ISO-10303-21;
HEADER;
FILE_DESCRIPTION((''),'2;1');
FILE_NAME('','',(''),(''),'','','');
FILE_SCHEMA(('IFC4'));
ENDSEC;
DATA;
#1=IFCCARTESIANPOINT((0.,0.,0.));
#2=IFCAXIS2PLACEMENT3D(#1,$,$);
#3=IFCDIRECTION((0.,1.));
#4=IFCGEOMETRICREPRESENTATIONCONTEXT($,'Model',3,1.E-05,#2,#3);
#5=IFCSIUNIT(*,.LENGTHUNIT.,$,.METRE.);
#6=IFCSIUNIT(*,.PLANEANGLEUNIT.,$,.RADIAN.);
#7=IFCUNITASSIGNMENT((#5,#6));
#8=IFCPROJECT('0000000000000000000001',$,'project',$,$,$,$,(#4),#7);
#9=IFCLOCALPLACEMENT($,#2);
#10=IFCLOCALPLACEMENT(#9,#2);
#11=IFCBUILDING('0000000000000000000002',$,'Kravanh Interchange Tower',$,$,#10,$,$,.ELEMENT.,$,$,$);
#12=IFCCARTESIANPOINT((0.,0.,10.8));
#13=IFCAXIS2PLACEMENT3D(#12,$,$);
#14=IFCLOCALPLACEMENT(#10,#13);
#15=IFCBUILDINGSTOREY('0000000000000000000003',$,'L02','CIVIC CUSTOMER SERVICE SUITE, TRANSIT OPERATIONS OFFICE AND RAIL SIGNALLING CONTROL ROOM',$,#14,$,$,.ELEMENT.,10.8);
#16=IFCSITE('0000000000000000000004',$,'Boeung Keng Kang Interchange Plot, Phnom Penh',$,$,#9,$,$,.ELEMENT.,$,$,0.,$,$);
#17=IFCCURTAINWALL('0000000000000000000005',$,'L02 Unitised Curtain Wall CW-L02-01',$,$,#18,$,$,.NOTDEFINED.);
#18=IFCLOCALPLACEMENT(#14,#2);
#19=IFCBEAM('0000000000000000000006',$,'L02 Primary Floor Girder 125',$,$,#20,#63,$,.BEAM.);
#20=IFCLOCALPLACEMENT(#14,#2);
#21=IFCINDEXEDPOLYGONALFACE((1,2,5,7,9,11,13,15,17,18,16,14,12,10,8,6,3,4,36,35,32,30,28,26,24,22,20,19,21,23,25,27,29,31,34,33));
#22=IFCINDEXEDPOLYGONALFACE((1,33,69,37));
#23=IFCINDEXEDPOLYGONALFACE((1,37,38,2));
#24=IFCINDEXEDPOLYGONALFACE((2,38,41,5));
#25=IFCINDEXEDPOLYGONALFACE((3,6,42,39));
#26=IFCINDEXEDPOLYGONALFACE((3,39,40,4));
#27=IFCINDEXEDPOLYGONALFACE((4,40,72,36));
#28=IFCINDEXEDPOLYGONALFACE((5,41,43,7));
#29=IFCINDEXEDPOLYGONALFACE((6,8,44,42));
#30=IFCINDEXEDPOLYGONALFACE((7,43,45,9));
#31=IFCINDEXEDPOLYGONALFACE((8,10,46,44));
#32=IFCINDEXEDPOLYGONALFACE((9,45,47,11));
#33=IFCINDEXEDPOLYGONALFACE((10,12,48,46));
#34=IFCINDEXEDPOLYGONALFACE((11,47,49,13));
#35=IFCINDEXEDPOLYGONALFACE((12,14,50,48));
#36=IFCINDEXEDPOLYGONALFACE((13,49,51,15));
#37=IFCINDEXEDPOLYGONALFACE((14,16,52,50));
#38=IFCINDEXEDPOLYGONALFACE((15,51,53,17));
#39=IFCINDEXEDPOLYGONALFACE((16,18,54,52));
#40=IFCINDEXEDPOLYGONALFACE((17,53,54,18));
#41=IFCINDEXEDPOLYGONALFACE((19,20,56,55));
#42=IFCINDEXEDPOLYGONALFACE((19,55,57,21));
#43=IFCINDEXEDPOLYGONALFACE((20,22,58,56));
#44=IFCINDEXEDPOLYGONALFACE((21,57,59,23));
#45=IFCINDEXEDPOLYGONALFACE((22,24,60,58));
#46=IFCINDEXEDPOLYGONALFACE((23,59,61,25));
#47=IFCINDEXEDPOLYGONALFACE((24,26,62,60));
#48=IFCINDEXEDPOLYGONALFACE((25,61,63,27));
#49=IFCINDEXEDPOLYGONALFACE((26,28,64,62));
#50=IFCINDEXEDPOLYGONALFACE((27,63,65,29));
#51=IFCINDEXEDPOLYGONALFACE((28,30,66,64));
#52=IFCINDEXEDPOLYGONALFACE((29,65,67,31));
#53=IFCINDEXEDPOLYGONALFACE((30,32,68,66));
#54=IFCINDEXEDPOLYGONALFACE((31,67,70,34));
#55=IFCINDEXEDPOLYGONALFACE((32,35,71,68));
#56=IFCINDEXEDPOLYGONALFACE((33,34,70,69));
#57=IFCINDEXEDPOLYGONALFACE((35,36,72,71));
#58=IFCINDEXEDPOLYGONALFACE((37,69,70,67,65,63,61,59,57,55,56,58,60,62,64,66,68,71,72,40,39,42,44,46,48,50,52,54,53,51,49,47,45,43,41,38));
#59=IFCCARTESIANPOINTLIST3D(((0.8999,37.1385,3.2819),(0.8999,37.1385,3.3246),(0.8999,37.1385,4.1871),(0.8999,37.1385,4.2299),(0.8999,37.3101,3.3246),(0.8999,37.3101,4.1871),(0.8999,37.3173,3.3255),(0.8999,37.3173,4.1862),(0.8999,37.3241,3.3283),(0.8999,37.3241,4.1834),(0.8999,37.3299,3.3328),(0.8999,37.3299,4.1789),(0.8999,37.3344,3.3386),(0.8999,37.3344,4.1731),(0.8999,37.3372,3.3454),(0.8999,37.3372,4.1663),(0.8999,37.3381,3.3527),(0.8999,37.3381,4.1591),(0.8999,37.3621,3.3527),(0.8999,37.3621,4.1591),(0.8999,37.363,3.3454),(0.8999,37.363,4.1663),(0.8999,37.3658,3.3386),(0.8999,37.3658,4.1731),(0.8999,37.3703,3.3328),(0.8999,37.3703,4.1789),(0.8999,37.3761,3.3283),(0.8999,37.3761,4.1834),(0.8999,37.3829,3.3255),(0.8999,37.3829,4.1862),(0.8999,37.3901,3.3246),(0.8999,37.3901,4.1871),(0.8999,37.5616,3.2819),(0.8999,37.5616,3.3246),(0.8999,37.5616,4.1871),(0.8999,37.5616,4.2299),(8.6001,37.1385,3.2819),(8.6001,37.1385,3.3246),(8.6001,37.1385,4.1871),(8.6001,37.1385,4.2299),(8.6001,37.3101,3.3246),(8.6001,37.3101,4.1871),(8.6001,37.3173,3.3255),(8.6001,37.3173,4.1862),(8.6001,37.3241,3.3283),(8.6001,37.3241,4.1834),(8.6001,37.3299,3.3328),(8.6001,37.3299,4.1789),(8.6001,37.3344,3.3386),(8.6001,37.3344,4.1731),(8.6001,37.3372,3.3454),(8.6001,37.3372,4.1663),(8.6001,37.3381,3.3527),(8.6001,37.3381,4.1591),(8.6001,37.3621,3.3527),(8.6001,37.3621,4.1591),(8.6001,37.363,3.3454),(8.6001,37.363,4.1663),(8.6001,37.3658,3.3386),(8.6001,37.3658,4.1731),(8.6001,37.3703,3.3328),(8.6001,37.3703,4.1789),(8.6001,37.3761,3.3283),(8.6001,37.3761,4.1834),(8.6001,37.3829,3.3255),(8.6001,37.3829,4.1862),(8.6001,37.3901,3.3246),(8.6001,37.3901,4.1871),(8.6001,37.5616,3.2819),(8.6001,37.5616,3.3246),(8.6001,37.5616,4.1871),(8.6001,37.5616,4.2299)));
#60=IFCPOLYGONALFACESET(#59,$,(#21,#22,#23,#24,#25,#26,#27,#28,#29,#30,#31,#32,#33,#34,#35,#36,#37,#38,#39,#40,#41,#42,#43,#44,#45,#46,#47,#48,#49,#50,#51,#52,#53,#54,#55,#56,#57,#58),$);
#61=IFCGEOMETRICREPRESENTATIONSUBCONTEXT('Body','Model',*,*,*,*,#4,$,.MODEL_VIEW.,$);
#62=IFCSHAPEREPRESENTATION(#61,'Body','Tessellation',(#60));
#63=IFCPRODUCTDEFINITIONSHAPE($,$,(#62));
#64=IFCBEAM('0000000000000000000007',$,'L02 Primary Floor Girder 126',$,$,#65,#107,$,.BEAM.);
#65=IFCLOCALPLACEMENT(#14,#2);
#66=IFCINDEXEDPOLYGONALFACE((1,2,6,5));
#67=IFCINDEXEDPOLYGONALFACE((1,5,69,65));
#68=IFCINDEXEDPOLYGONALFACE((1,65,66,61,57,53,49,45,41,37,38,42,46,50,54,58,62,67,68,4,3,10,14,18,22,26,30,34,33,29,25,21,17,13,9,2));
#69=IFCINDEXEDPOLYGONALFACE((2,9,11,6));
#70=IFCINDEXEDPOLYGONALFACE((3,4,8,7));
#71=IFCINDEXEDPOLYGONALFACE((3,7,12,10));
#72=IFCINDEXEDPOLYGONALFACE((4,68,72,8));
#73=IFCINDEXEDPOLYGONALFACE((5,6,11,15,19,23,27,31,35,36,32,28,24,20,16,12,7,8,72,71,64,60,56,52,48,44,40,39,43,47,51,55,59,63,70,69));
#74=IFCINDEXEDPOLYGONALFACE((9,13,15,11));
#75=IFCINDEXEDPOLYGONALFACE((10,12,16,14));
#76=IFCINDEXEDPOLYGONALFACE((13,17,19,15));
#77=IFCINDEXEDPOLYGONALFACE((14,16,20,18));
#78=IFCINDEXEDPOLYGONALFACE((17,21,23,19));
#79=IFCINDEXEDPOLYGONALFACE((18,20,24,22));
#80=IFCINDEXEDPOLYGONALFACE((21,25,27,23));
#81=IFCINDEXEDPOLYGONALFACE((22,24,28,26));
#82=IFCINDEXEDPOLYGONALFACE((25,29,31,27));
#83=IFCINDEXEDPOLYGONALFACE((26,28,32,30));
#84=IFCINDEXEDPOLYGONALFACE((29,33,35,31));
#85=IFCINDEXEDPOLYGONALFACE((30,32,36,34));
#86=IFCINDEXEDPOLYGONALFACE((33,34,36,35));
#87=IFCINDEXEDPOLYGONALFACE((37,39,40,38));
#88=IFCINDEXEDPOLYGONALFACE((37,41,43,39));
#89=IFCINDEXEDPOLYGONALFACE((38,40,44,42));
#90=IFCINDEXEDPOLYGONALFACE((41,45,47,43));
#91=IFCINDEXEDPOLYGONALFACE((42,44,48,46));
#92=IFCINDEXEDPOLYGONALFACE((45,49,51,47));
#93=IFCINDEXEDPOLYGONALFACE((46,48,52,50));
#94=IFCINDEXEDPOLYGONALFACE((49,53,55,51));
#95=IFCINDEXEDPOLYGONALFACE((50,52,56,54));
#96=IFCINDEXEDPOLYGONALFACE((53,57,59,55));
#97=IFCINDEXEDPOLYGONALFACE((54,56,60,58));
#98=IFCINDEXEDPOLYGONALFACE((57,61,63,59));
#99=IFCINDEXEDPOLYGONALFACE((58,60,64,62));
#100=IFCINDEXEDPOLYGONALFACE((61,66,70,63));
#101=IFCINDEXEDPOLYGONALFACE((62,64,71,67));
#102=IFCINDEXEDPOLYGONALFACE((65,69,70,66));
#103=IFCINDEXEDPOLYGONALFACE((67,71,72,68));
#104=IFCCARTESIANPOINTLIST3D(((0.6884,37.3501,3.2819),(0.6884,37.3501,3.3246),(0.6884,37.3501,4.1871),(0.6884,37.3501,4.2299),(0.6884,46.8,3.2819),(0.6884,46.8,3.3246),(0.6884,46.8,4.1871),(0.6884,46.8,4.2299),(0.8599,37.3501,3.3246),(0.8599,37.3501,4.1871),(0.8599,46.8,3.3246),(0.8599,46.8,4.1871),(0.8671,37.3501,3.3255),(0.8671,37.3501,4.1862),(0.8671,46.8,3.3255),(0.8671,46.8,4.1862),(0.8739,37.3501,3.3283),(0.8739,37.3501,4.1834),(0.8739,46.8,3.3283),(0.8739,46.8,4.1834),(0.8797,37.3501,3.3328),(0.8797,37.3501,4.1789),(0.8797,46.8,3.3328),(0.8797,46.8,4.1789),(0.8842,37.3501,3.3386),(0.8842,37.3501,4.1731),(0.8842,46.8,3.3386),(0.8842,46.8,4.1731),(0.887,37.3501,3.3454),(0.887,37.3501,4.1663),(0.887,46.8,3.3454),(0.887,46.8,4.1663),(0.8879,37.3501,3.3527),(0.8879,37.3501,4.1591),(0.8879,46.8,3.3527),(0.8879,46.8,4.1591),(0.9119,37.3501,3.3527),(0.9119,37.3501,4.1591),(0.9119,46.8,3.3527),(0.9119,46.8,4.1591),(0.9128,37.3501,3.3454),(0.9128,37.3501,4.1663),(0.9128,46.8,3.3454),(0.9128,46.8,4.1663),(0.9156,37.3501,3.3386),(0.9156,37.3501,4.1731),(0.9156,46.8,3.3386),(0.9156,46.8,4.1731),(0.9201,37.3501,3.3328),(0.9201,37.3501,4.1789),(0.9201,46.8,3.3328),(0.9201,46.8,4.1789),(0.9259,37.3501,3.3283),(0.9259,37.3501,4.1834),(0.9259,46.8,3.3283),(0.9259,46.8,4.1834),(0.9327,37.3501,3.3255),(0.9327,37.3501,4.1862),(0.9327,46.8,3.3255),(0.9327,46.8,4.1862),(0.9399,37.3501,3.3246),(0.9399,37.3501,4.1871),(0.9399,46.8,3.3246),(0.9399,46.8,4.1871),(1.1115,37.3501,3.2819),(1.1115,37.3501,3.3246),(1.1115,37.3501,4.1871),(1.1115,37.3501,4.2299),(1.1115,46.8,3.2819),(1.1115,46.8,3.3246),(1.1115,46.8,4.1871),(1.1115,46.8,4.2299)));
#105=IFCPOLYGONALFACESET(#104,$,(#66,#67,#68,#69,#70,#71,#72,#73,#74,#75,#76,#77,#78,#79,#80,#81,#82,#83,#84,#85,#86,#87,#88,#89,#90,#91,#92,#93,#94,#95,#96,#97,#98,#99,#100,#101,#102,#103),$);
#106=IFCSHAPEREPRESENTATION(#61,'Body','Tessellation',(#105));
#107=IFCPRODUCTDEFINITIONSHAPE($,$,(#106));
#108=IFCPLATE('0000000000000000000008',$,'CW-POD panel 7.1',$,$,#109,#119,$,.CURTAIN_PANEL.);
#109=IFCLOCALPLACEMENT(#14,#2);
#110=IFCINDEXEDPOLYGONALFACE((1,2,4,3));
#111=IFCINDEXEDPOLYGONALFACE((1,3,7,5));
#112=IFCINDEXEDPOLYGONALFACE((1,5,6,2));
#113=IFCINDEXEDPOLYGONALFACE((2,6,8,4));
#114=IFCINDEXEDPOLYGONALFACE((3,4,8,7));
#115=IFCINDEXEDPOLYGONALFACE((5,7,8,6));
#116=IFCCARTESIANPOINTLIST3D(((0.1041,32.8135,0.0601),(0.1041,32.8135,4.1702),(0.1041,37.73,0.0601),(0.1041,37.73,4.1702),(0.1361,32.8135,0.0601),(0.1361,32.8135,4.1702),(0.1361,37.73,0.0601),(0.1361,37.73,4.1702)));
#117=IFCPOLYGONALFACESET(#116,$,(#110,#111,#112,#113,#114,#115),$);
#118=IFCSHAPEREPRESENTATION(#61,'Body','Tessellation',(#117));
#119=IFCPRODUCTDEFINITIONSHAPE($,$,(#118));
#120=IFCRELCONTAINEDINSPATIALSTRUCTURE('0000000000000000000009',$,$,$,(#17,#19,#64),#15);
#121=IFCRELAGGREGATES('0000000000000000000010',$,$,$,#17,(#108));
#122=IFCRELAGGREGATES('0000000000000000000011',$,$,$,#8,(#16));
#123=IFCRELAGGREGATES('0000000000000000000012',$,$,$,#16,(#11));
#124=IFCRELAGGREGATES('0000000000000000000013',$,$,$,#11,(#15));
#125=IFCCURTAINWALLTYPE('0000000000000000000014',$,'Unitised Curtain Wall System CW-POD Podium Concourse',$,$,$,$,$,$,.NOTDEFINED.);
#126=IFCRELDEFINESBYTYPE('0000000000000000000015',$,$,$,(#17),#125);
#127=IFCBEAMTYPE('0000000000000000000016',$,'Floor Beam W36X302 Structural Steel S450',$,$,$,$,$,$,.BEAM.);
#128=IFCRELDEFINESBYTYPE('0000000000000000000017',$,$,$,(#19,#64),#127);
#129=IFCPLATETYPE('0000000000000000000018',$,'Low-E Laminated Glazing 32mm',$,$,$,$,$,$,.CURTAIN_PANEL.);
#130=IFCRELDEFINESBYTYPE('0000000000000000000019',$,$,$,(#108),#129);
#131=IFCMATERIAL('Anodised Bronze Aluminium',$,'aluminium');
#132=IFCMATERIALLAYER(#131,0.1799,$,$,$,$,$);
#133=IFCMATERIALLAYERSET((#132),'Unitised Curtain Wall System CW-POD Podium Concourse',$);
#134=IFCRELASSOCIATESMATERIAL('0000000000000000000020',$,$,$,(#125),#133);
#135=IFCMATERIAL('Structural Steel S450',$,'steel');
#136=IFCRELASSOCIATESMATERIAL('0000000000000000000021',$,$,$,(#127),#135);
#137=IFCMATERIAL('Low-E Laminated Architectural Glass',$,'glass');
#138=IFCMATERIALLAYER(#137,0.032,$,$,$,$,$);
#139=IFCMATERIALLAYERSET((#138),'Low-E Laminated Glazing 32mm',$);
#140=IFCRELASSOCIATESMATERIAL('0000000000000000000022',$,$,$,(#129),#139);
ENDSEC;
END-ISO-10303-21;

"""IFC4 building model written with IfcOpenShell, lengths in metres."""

from ifc_helpers import new_model, si_unit, direction, frame, origin, origin_2d, place, context, subcontext, project, spatial, rectangle, i_section, extrude, material, layer, layer_set, material_profile, profile_set, type_object, element, aggregate, save


model = new_model("IFC4")

# Units and contexts
model_context = context("Model", 3, precision=1e-05, world=origin(), true_north=direction((0.0, 1.0)))
body_context = subcontext(model_context, "Body", "Model", "MODEL_VIEW")
ifc_project = project(units=[si_unit("LENGTHUNIT", "METRE"), si_unit("PLANEANGLEUNIT", "RADIAN")], contexts=[model_context])

# Site, building, storey
site_placement = place(None, origin())
site = spatial("IfcSite", under=ifc_project, at=site_placement, Name="Boeung Keng Kang Interchange Plot, Phnom Penh", CompositionType="ELEMENT", RefElevation=0.0)
building_placement = place(site_placement, origin())
building = spatial("IfcBuilding", under=site, at=building_placement, Name="Kravanh Interchange Tower", CompositionType="ELEMENT")
storey_placement = place(building_placement, frame((0.0, 0.0, 10.8)))
storey = spatial("IfcBuildingStorey", under=building, at=storey_placement, Name="L02", Description="CIVIC CUSTOMER SERVICE SUITE, TRANSIT OPERATIONS OFFICE AND RAIL SIGNALLING CONTROL ROOM", CompositionType="ELEMENT", Elevation=10.8)

# Curtain wall
ifc_material_1 = material(Name="Anodised Bronze Aluminium", Category="aluminium")
ifc_layer_1 = layer(ifc_material_1, 0.1799)
ifc_layer_set_1 = layer_set([ifc_layer_1], Name="Unitised Curtain Wall System CW-POD Podium Concourse")
curtain_wall_type = type_object("IfcCurtainWallType", Name="Unitised Curtain Wall System CW-POD Podium Concourse", PredefinedType="NOTDEFINED", material=ifc_layer_set_1)
curtain_wall_placement = place(storey_placement, origin())
curtain_wall = element("IfcCurtainWall", 1, at=curtain_wall_placement, inside=storey, type_object=curtain_wall_type, Name="L02 Unitised Curtain Wall CW-L02-01", PredefinedType="NOTDEFINED")

# Beams
ifc_material_2 = material(Name="Structural Steel S450", Category="steel")
ifc_material_profile_1 = material_profile(ifc_material_2, i_section(OverallWidth=0.4231, OverallDepth=0.948, WebThickness=0.0239, FlangeThickness=0.0427, FilletRadius=0.0281, at=origin_2d()), Name="W36X302")
ifc_profile_set_1 = profile_set([ifc_material_profile_1], Name="Structural Steel S450")
beam_type = type_object("IfcBeamType", Name="Floor Beam W36X302 Structural Steel S450", PredefinedType="BEAM", material=ifc_profile_set_1)
beam_1_placement = place(storey_placement, frame((0.8999, 37.3501, 3.7559), z_axis=(1.0, 0.0, 0.0), x_axis=(0.0, 1.0, 0.0)))
element("IfcBeam", 2, at=beam_1_placement, inside=storey, type_object=beam_type, Name="L02 Primary Floor Girder 125", PredefinedType="BEAM", context=body_context, shape_type="SweptSolid", body=[
    extrude(i_section(OverallWidth=0.4231, OverallDepth=0.948, WebThickness=0.0239, FlangeThickness=0.0427, FilletRadius=0.0281, at=origin_2d()), origin(), (0.0, 0.0, 1.0), 7.7002),
])
beam_2_placement = place(storey_placement, frame((0.8999, 37.3501, 3.7559), z_axis=(0.0, 1.0, 0.0), x_axis=(-1.0, 0.0, 0.0)))
element("IfcBeam", 3, at=beam_2_placement, inside=storey, type_object=beam_type, Name="L02 Primary Floor Girder 126", PredefinedType="BEAM", context=body_context, shape_type="SweptSolid", body=[
    extrude(i_section(OverallWidth=0.4231, OverallDepth=0.948, WebThickness=0.0239, FlangeThickness=0.0427, FilletRadius=0.0281, at=origin_2d()), origin(), (0.0, 0.0, 1.0), 9.45),
])

# Plate
ifc_material_3 = material(Name="Low-E Laminated Architectural Glass", Category="glass")
ifc_layer_2 = layer(ifc_material_3, 0.032)
ifc_layer_set_2 = layer_set([ifc_layer_2], Name="Low-E Laminated Glazing 32mm")
plate_type = type_object("IfcPlateType", Name="Low-E Laminated Glazing 32mm", PredefinedType="CURTAIN_PANEL", material=ifc_layer_set_2)
plate_placement = place(storey_placement, frame((0.1201, 35.2717, 0.0601), z_axis=(0.0, 0.0, 1.0), x_axis=(0.0, 1.0, 0.0)))
plate = element("IfcPlate", 4, at=plate_placement, type_object=plate_type, Name="CW-POD panel 7.1", PredefinedType="CURTAIN_PANEL", context=body_context, shape_type="SweptSolid", body=[
    extrude(rectangle(XDim=4.9165, YDim=0.032, at=origin_2d()), origin(), (0.0, 0.0, 1.0), 4.1101),
])
aggregate(curtain_wall, [plate])

save(model, "model.ifc")
